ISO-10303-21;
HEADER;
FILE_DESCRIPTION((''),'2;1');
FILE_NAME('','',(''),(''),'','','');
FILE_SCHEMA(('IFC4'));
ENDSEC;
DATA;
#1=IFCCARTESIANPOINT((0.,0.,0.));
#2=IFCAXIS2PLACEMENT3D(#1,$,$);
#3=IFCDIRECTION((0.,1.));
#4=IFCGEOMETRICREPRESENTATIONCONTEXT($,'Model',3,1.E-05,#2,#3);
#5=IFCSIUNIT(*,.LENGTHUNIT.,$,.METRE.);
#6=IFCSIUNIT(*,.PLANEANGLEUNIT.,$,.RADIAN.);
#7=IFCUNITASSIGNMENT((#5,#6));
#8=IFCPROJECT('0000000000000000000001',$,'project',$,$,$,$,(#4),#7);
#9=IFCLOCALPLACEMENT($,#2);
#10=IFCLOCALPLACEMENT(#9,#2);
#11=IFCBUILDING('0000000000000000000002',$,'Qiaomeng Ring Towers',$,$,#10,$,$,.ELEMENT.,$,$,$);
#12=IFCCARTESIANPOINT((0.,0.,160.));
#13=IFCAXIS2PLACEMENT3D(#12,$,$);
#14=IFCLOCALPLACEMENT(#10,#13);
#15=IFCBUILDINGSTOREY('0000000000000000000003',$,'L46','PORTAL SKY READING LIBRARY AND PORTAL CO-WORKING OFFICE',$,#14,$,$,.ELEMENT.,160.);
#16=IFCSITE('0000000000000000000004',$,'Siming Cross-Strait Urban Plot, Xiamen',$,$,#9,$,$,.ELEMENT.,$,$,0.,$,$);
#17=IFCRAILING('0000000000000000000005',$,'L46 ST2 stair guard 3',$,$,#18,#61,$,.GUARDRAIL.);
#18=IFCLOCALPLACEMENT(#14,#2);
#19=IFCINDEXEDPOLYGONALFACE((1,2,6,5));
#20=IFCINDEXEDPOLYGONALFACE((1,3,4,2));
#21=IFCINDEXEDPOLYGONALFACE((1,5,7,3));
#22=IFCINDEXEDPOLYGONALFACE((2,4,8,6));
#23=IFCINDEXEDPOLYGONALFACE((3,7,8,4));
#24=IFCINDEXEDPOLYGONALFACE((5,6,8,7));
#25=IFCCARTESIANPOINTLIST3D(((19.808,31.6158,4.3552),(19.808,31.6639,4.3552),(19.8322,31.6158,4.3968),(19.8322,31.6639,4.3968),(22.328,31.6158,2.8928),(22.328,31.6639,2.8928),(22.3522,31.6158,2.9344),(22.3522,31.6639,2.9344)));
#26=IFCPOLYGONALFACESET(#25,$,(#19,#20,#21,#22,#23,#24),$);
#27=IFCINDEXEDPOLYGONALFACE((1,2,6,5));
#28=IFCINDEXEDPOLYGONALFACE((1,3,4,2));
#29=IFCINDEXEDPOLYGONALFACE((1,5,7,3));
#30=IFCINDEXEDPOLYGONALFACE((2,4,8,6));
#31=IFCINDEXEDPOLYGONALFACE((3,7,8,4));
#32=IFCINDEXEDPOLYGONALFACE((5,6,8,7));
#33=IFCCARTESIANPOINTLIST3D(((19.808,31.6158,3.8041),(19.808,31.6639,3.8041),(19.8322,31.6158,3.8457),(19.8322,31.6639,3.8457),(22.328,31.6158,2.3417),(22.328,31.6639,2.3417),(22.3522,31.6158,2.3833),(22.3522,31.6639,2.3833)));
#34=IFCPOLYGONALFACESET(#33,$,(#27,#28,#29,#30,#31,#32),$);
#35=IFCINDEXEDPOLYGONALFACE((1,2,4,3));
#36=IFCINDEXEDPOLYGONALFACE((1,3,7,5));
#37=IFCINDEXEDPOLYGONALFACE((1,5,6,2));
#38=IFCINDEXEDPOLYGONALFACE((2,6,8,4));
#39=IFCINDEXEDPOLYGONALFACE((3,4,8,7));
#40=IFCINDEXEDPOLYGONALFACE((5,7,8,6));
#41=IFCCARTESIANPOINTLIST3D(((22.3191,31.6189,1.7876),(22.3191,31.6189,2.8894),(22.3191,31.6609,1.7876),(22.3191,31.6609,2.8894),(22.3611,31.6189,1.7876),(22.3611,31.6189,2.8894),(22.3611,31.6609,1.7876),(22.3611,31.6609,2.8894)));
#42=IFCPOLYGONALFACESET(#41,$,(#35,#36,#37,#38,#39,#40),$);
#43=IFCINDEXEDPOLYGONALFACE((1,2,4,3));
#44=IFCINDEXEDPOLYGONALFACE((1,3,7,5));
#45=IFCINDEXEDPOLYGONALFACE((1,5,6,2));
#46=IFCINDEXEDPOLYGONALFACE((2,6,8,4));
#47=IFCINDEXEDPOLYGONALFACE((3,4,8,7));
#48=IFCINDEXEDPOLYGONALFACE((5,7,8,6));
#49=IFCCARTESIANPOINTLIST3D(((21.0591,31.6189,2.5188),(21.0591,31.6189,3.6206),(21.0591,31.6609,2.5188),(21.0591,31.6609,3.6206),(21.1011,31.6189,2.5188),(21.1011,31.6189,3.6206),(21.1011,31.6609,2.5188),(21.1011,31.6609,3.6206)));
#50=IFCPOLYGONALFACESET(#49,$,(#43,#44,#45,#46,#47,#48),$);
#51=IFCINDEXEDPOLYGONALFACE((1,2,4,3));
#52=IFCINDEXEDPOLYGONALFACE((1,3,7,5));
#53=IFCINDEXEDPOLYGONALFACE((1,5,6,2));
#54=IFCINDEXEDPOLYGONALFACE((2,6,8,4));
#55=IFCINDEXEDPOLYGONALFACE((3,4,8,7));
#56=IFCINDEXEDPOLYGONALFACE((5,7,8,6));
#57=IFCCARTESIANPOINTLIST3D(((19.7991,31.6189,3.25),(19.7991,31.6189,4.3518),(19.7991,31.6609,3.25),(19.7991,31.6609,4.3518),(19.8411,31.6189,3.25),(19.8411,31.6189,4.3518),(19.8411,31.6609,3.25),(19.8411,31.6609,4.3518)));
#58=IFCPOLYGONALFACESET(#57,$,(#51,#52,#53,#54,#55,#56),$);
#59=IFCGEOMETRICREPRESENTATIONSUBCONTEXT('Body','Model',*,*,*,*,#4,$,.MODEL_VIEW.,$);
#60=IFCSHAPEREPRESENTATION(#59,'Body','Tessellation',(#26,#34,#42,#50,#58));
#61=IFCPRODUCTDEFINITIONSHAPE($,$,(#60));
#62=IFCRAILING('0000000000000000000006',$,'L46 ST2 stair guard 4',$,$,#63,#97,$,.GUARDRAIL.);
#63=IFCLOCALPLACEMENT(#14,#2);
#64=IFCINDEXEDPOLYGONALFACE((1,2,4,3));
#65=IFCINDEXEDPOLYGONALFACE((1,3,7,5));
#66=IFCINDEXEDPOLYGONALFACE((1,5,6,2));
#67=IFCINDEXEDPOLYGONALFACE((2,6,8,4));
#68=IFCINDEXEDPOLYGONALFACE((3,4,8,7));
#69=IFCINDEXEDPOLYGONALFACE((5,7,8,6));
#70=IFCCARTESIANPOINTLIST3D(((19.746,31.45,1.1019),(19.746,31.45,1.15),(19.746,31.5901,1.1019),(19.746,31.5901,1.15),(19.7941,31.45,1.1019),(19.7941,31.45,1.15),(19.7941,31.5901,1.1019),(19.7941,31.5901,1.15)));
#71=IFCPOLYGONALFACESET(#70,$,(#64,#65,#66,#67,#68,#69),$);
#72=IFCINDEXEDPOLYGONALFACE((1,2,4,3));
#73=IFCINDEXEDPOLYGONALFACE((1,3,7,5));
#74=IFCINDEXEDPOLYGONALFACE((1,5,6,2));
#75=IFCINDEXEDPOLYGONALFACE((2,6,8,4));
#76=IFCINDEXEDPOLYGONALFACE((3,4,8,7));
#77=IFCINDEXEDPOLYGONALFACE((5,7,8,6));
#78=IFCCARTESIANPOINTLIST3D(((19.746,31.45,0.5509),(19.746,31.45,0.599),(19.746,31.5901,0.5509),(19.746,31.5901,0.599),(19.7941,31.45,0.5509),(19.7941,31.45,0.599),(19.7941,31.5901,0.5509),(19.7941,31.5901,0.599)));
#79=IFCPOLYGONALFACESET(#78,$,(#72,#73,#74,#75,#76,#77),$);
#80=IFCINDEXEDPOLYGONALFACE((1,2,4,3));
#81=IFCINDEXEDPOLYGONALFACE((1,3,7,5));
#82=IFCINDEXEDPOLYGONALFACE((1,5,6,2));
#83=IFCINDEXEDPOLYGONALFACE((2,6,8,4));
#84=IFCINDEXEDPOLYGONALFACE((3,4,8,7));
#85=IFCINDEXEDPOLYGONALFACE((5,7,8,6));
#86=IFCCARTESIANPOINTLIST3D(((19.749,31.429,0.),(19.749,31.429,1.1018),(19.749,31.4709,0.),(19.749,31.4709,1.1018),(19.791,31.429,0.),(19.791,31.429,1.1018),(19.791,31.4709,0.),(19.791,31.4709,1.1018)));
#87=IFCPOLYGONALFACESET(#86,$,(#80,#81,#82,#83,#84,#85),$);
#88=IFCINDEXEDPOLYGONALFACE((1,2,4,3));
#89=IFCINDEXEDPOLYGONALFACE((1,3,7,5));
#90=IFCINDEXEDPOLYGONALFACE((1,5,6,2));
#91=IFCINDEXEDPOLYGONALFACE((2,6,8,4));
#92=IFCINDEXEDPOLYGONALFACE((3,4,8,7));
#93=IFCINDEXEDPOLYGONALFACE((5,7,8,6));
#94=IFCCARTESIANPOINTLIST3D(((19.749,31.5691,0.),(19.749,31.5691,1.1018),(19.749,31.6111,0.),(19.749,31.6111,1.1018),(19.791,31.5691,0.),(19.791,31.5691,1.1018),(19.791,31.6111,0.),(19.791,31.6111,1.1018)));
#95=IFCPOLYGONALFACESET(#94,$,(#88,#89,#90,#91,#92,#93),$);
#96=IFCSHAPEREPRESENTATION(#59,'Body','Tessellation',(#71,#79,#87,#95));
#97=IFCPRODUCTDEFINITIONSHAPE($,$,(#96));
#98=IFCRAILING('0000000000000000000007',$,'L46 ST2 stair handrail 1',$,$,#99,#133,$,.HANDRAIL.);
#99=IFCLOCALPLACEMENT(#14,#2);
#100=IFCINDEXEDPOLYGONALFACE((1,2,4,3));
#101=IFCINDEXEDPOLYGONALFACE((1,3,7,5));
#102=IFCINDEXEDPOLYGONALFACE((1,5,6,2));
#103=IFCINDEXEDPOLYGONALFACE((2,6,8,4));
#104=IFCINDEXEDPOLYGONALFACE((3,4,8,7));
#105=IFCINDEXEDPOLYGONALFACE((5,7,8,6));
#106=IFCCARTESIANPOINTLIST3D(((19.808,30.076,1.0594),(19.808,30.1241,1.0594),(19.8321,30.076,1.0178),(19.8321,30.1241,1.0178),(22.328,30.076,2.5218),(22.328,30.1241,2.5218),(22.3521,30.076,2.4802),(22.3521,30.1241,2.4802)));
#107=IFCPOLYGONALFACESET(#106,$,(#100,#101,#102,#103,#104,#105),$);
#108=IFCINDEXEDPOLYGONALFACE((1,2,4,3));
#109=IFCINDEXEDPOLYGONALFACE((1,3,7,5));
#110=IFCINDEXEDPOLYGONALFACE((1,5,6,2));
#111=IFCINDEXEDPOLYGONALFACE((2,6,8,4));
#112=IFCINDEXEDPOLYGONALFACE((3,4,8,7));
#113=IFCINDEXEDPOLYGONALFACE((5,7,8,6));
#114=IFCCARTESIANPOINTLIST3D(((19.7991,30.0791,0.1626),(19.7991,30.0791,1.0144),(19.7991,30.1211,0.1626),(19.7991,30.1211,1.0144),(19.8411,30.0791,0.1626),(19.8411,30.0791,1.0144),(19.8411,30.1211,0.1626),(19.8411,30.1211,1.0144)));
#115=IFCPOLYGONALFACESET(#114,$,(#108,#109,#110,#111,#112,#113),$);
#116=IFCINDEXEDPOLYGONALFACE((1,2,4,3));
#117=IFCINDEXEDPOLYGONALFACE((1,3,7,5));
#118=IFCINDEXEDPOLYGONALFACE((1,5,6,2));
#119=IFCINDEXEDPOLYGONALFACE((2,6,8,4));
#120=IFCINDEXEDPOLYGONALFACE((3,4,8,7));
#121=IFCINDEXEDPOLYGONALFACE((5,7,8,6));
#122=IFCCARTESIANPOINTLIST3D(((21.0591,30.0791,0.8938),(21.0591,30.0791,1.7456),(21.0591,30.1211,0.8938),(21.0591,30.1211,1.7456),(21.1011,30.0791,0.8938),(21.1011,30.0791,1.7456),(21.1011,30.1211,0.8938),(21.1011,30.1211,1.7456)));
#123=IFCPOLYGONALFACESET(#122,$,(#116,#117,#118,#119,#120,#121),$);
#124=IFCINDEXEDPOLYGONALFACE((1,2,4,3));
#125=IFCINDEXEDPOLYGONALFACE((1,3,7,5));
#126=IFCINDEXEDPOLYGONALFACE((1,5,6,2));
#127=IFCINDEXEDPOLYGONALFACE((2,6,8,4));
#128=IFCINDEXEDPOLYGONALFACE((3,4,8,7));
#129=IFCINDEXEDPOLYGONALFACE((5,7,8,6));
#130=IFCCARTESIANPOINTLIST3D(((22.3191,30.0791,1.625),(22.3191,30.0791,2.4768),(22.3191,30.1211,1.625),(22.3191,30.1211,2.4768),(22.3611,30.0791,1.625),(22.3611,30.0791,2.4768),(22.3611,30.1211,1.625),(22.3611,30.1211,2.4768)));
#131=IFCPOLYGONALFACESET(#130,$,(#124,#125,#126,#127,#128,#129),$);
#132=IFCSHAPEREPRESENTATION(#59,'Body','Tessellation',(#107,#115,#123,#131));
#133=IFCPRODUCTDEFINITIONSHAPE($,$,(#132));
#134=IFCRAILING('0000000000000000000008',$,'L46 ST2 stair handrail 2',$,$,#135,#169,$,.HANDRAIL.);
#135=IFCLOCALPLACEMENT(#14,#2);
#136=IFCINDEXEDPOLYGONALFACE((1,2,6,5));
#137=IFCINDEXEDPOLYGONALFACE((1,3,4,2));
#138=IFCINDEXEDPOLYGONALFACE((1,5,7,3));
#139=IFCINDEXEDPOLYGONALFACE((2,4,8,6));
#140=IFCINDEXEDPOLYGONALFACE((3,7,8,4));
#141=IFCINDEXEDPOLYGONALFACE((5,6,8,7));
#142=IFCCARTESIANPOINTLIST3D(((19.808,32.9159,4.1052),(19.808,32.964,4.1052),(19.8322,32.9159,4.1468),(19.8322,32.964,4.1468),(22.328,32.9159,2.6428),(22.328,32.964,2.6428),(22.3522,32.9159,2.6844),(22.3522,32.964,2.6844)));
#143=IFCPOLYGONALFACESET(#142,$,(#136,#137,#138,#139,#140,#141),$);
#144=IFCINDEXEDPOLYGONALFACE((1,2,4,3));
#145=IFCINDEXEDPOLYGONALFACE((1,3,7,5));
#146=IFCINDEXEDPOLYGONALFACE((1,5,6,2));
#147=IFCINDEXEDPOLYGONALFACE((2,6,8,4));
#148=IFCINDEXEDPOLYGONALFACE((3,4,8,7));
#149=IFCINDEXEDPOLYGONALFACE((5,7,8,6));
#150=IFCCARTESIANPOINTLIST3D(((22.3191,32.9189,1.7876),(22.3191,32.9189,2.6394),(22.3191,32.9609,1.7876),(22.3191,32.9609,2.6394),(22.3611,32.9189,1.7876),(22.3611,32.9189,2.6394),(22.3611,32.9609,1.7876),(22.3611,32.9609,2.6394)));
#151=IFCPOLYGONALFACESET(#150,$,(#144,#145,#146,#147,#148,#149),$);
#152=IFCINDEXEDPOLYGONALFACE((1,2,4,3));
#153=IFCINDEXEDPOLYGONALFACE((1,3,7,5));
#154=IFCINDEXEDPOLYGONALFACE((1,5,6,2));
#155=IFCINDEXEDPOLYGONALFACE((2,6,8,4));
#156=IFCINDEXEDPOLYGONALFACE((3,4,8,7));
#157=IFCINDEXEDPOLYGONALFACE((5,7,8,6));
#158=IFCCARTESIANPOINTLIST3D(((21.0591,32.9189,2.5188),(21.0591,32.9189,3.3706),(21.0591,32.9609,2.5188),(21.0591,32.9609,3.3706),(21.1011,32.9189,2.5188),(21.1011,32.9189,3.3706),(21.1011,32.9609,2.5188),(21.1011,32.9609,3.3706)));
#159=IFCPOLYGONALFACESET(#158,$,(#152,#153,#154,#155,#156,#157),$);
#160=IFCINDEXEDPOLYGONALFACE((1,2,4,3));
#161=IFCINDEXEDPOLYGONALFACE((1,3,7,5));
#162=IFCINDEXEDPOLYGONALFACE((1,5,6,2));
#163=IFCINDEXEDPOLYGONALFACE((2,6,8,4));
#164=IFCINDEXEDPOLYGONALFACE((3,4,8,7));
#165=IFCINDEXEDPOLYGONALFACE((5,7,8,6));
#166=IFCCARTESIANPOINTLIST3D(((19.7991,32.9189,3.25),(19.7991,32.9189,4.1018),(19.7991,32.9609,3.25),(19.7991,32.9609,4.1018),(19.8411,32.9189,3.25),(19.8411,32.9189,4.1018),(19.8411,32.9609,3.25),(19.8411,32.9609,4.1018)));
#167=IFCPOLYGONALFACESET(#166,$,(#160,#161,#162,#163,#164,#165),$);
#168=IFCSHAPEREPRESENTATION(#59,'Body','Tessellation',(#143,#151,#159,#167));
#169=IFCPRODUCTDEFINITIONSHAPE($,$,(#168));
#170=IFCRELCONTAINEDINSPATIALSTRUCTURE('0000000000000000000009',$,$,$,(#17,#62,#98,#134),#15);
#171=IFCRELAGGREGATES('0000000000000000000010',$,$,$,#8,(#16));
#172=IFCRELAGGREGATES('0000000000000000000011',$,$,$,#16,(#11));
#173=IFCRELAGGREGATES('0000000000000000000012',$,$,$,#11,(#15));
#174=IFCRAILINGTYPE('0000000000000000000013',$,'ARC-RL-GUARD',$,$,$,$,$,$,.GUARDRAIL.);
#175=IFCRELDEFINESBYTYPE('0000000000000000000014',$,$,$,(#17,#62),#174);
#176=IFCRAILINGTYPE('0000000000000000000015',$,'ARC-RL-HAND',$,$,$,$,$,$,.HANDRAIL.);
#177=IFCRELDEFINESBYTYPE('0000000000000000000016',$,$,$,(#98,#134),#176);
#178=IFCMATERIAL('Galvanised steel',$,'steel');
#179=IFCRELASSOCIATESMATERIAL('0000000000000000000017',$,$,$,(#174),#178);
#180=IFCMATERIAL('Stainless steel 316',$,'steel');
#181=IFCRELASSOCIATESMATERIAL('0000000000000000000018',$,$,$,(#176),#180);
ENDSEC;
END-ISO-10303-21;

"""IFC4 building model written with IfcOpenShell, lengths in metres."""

from ifc_helpers import new_model, si_unit, direction, frame, origin, origin_2d, place, context, subcontext, project, spatial, rectangle, extrude, material, type_object, element, save


model = new_model("IFC4")

# Units and contexts
model_context = context("Model", 3, precision=1e-05, world=origin(), true_north=direction((0.0, 1.0)))
body_context = subcontext(model_context, "Body", "Model", "MODEL_VIEW")
ifc_project = project(units=[si_unit("LENGTHUNIT", "METRE"), si_unit("PLANEANGLEUNIT", "RADIAN")], contexts=[model_context])

# Site, building, storey
site_placement = place(None, origin())
site = spatial("IfcSite", under=ifc_project, at=site_placement, Name="Siming Cross-Strait Urban Plot, Xiamen", CompositionType="ELEMENT", RefElevation=0.0)
building_placement = place(site_placement, origin())
building = spatial("IfcBuilding", under=site, at=building_placement, Name="Qiaomeng Ring Towers", CompositionType="ELEMENT")
storey_placement = place(building_placement, frame((0.0, 0.0, 160.0)))
storey = spatial("IfcBuildingStorey", under=building, at=storey_placement, Name="L46", Description="PORTAL SKY READING LIBRARY AND PORTAL CO-WORKING OFFICE", CompositionType="ELEMENT", Elevation=160.0)

# Railings
ifc_material_1 = material(Name="Galvanised steel", Category="steel")
railing_type_1 = type_object("IfcRailingType", Name="ARC-RL-GUARD", PredefinedType="GUARDRAIL", material=ifc_material_1)
railing_1_placement = place(storey_placement, frame((22.3401, 31.6399, 1.7876)))
element("IfcRailing", 1, at=railing_1_placement, inside=storey, type_object=railing_type_1, Name="L46 ST2 stair guard 3", PredefinedType="GUARDRAIL", context=body_context, shape_type="SweptSolid", body=[
    extrude(rectangle(XDim=0.0481, YDim=0.0481, at=origin_2d()), frame((0.0, 0.0, 1.126), z_axis=(-0.864913, 0.0, 0.501921), x_axis=(0.0, -1.0, 0.0)), (0.0, 0.0, 1.0), 2.9136),
    extrude(rectangle(XDim=0.0481, YDim=0.0481, at=origin_2d()), frame((0.0, 0.0, 0.575), z_axis=(-0.864913, 0.0, 0.501921), x_axis=(0.0, -1.0, 0.0)), (0.0, 0.0, 1.0), 2.9136),
    extrude(rectangle(XDim=0.042, YDim=0.042, at=origin_2d()), origin(), (0.0, 0.0, 1.0), 1.1018),
    extrude(rectangle(XDim=0.042, YDim=0.042, at=origin_2d()), frame((-1.26, 0.0, 0.7312)), (0.0, 0.0, 1.0), 1.1018),
    extrude(rectangle(XDim=0.042, YDim=0.042, at=origin_2d()), frame((-2.52, 0.0, 1.4624)), (0.0, 0.0, 1.0), 1.1018),
])
railing_2_placement = place(storey_placement, frame((19.77, 31.45, 0.0)))
element("IfcRailing", 2, at=railing_2_placement, inside=storey, type_object=railing_type_1, Name="L46 ST2 stair guard 4", PredefinedType="GUARDRAIL", context=body_context, shape_type="SweptSolid", body=[
    extrude(rectangle(XDim=0.0481, YDim=0.0481, at=origin_2d()), frame((0.0, 0.0, 1.126), z_axis=(0.0, 1.0, 0.0), x_axis=(-1.0, 0.0, 0.0)), (0.0, 0.0, 1.0), 0.1401),
    extrude(rectangle(XDim=0.0481, YDim=0.0481, at=origin_2d()), frame((0.0, 0.0, 0.575), z_axis=(0.0, 1.0, 0.0), x_axis=(-1.0, 0.0, 0.0)), (0.0, 0.0, 1.0), 0.1401),
    extrude(rectangle(XDim=0.042, YDim=0.042, at=origin_2d()), origin(), (0.0, 0.0, 1.0), 1.1018),
    extrude(rectangle(XDim=0.042, YDim=0.042, at=origin_2d()), frame((0.0, 0.1401, 0.0)), (0.0, 0.0, 1.0), 1.1018),
])
ifc_material_2 = material(Name="Stainless steel 316", Category="steel")
railing_type_2 = type_object("IfcRailingType", Name="ARC-RL-HAND", PredefinedType="HANDRAIL", material=ifc_material_2)
railing_3_placement = place(storey_placement, frame((19.8201, 30.1001, 0.1626)))
element("IfcRailing", 3, at=railing_3_placement, inside=storey, type_object=railing_type_2, Name="L46 ST2 stair handrail 1", PredefinedType="HANDRAIL", context=body_context, shape_type="SweptSolid", body=[
    extrude(rectangle(XDim=0.0481, YDim=0.0481, at=origin_2d()), frame((0.0, 0.0, 0.876), z_axis=(0.864913, 0.0, 0.501921), x_axis=(0.0, 1.0, 0.0)), (0.0, 0.0, 1.0), 2.9136),
    extrude(rectangle(XDim=0.042, YDim=0.042, at=origin_2d()), origin(), (0.0, 0.0, 1.0), 0.8518),
    extrude(rectangle(XDim=0.042, YDim=0.042, at=origin_2d()), frame((1.26, 0.0, 0.7312)), (0.0, 0.0, 1.0), 0.8518),
    extrude(rectangle(XDim=0.042, YDim=0.042, at=origin_2d()), frame((2.52, 0.0, 1.4624)), (0.0, 0.0, 1.0), 0.8518),
])
railing_4_placement = place(storey_placement, frame((22.3401, 32.9399, 1.7876)))
element("IfcRailing", 4, at=railing_4_placement, inside=storey, type_object=railing_type_2, Name="L46 ST2 stair handrail 2", PredefinedType="HANDRAIL", context=body_context, shape_type="SweptSolid", body=[
    extrude(rectangle(XDim=0.0481, YDim=0.0481, at=origin_2d()), frame((0.0, 0.0, 0.876), z_axis=(-0.864913, 0.0, 0.501921), x_axis=(0.0, -1.0, 0.0)), (0.0, 0.0, 1.0), 2.9136),
    extrude(rectangle(XDim=0.042, YDim=0.042, at=origin_2d()), origin(), (0.0, 0.0, 1.0), 0.8518),
    extrude(rectangle(XDim=0.042, YDim=0.042, at=origin_2d()), frame((-1.26, 0.0, 0.7312)), (0.0, 0.0, 1.0), 0.8518),
    extrude(rectangle(XDim=0.042, YDim=0.042, at=origin_2d()), frame((-2.52, 0.0, 1.4624)), (0.0, 0.0, 1.0), 0.8518),
])

save(model, "model.ifc")
